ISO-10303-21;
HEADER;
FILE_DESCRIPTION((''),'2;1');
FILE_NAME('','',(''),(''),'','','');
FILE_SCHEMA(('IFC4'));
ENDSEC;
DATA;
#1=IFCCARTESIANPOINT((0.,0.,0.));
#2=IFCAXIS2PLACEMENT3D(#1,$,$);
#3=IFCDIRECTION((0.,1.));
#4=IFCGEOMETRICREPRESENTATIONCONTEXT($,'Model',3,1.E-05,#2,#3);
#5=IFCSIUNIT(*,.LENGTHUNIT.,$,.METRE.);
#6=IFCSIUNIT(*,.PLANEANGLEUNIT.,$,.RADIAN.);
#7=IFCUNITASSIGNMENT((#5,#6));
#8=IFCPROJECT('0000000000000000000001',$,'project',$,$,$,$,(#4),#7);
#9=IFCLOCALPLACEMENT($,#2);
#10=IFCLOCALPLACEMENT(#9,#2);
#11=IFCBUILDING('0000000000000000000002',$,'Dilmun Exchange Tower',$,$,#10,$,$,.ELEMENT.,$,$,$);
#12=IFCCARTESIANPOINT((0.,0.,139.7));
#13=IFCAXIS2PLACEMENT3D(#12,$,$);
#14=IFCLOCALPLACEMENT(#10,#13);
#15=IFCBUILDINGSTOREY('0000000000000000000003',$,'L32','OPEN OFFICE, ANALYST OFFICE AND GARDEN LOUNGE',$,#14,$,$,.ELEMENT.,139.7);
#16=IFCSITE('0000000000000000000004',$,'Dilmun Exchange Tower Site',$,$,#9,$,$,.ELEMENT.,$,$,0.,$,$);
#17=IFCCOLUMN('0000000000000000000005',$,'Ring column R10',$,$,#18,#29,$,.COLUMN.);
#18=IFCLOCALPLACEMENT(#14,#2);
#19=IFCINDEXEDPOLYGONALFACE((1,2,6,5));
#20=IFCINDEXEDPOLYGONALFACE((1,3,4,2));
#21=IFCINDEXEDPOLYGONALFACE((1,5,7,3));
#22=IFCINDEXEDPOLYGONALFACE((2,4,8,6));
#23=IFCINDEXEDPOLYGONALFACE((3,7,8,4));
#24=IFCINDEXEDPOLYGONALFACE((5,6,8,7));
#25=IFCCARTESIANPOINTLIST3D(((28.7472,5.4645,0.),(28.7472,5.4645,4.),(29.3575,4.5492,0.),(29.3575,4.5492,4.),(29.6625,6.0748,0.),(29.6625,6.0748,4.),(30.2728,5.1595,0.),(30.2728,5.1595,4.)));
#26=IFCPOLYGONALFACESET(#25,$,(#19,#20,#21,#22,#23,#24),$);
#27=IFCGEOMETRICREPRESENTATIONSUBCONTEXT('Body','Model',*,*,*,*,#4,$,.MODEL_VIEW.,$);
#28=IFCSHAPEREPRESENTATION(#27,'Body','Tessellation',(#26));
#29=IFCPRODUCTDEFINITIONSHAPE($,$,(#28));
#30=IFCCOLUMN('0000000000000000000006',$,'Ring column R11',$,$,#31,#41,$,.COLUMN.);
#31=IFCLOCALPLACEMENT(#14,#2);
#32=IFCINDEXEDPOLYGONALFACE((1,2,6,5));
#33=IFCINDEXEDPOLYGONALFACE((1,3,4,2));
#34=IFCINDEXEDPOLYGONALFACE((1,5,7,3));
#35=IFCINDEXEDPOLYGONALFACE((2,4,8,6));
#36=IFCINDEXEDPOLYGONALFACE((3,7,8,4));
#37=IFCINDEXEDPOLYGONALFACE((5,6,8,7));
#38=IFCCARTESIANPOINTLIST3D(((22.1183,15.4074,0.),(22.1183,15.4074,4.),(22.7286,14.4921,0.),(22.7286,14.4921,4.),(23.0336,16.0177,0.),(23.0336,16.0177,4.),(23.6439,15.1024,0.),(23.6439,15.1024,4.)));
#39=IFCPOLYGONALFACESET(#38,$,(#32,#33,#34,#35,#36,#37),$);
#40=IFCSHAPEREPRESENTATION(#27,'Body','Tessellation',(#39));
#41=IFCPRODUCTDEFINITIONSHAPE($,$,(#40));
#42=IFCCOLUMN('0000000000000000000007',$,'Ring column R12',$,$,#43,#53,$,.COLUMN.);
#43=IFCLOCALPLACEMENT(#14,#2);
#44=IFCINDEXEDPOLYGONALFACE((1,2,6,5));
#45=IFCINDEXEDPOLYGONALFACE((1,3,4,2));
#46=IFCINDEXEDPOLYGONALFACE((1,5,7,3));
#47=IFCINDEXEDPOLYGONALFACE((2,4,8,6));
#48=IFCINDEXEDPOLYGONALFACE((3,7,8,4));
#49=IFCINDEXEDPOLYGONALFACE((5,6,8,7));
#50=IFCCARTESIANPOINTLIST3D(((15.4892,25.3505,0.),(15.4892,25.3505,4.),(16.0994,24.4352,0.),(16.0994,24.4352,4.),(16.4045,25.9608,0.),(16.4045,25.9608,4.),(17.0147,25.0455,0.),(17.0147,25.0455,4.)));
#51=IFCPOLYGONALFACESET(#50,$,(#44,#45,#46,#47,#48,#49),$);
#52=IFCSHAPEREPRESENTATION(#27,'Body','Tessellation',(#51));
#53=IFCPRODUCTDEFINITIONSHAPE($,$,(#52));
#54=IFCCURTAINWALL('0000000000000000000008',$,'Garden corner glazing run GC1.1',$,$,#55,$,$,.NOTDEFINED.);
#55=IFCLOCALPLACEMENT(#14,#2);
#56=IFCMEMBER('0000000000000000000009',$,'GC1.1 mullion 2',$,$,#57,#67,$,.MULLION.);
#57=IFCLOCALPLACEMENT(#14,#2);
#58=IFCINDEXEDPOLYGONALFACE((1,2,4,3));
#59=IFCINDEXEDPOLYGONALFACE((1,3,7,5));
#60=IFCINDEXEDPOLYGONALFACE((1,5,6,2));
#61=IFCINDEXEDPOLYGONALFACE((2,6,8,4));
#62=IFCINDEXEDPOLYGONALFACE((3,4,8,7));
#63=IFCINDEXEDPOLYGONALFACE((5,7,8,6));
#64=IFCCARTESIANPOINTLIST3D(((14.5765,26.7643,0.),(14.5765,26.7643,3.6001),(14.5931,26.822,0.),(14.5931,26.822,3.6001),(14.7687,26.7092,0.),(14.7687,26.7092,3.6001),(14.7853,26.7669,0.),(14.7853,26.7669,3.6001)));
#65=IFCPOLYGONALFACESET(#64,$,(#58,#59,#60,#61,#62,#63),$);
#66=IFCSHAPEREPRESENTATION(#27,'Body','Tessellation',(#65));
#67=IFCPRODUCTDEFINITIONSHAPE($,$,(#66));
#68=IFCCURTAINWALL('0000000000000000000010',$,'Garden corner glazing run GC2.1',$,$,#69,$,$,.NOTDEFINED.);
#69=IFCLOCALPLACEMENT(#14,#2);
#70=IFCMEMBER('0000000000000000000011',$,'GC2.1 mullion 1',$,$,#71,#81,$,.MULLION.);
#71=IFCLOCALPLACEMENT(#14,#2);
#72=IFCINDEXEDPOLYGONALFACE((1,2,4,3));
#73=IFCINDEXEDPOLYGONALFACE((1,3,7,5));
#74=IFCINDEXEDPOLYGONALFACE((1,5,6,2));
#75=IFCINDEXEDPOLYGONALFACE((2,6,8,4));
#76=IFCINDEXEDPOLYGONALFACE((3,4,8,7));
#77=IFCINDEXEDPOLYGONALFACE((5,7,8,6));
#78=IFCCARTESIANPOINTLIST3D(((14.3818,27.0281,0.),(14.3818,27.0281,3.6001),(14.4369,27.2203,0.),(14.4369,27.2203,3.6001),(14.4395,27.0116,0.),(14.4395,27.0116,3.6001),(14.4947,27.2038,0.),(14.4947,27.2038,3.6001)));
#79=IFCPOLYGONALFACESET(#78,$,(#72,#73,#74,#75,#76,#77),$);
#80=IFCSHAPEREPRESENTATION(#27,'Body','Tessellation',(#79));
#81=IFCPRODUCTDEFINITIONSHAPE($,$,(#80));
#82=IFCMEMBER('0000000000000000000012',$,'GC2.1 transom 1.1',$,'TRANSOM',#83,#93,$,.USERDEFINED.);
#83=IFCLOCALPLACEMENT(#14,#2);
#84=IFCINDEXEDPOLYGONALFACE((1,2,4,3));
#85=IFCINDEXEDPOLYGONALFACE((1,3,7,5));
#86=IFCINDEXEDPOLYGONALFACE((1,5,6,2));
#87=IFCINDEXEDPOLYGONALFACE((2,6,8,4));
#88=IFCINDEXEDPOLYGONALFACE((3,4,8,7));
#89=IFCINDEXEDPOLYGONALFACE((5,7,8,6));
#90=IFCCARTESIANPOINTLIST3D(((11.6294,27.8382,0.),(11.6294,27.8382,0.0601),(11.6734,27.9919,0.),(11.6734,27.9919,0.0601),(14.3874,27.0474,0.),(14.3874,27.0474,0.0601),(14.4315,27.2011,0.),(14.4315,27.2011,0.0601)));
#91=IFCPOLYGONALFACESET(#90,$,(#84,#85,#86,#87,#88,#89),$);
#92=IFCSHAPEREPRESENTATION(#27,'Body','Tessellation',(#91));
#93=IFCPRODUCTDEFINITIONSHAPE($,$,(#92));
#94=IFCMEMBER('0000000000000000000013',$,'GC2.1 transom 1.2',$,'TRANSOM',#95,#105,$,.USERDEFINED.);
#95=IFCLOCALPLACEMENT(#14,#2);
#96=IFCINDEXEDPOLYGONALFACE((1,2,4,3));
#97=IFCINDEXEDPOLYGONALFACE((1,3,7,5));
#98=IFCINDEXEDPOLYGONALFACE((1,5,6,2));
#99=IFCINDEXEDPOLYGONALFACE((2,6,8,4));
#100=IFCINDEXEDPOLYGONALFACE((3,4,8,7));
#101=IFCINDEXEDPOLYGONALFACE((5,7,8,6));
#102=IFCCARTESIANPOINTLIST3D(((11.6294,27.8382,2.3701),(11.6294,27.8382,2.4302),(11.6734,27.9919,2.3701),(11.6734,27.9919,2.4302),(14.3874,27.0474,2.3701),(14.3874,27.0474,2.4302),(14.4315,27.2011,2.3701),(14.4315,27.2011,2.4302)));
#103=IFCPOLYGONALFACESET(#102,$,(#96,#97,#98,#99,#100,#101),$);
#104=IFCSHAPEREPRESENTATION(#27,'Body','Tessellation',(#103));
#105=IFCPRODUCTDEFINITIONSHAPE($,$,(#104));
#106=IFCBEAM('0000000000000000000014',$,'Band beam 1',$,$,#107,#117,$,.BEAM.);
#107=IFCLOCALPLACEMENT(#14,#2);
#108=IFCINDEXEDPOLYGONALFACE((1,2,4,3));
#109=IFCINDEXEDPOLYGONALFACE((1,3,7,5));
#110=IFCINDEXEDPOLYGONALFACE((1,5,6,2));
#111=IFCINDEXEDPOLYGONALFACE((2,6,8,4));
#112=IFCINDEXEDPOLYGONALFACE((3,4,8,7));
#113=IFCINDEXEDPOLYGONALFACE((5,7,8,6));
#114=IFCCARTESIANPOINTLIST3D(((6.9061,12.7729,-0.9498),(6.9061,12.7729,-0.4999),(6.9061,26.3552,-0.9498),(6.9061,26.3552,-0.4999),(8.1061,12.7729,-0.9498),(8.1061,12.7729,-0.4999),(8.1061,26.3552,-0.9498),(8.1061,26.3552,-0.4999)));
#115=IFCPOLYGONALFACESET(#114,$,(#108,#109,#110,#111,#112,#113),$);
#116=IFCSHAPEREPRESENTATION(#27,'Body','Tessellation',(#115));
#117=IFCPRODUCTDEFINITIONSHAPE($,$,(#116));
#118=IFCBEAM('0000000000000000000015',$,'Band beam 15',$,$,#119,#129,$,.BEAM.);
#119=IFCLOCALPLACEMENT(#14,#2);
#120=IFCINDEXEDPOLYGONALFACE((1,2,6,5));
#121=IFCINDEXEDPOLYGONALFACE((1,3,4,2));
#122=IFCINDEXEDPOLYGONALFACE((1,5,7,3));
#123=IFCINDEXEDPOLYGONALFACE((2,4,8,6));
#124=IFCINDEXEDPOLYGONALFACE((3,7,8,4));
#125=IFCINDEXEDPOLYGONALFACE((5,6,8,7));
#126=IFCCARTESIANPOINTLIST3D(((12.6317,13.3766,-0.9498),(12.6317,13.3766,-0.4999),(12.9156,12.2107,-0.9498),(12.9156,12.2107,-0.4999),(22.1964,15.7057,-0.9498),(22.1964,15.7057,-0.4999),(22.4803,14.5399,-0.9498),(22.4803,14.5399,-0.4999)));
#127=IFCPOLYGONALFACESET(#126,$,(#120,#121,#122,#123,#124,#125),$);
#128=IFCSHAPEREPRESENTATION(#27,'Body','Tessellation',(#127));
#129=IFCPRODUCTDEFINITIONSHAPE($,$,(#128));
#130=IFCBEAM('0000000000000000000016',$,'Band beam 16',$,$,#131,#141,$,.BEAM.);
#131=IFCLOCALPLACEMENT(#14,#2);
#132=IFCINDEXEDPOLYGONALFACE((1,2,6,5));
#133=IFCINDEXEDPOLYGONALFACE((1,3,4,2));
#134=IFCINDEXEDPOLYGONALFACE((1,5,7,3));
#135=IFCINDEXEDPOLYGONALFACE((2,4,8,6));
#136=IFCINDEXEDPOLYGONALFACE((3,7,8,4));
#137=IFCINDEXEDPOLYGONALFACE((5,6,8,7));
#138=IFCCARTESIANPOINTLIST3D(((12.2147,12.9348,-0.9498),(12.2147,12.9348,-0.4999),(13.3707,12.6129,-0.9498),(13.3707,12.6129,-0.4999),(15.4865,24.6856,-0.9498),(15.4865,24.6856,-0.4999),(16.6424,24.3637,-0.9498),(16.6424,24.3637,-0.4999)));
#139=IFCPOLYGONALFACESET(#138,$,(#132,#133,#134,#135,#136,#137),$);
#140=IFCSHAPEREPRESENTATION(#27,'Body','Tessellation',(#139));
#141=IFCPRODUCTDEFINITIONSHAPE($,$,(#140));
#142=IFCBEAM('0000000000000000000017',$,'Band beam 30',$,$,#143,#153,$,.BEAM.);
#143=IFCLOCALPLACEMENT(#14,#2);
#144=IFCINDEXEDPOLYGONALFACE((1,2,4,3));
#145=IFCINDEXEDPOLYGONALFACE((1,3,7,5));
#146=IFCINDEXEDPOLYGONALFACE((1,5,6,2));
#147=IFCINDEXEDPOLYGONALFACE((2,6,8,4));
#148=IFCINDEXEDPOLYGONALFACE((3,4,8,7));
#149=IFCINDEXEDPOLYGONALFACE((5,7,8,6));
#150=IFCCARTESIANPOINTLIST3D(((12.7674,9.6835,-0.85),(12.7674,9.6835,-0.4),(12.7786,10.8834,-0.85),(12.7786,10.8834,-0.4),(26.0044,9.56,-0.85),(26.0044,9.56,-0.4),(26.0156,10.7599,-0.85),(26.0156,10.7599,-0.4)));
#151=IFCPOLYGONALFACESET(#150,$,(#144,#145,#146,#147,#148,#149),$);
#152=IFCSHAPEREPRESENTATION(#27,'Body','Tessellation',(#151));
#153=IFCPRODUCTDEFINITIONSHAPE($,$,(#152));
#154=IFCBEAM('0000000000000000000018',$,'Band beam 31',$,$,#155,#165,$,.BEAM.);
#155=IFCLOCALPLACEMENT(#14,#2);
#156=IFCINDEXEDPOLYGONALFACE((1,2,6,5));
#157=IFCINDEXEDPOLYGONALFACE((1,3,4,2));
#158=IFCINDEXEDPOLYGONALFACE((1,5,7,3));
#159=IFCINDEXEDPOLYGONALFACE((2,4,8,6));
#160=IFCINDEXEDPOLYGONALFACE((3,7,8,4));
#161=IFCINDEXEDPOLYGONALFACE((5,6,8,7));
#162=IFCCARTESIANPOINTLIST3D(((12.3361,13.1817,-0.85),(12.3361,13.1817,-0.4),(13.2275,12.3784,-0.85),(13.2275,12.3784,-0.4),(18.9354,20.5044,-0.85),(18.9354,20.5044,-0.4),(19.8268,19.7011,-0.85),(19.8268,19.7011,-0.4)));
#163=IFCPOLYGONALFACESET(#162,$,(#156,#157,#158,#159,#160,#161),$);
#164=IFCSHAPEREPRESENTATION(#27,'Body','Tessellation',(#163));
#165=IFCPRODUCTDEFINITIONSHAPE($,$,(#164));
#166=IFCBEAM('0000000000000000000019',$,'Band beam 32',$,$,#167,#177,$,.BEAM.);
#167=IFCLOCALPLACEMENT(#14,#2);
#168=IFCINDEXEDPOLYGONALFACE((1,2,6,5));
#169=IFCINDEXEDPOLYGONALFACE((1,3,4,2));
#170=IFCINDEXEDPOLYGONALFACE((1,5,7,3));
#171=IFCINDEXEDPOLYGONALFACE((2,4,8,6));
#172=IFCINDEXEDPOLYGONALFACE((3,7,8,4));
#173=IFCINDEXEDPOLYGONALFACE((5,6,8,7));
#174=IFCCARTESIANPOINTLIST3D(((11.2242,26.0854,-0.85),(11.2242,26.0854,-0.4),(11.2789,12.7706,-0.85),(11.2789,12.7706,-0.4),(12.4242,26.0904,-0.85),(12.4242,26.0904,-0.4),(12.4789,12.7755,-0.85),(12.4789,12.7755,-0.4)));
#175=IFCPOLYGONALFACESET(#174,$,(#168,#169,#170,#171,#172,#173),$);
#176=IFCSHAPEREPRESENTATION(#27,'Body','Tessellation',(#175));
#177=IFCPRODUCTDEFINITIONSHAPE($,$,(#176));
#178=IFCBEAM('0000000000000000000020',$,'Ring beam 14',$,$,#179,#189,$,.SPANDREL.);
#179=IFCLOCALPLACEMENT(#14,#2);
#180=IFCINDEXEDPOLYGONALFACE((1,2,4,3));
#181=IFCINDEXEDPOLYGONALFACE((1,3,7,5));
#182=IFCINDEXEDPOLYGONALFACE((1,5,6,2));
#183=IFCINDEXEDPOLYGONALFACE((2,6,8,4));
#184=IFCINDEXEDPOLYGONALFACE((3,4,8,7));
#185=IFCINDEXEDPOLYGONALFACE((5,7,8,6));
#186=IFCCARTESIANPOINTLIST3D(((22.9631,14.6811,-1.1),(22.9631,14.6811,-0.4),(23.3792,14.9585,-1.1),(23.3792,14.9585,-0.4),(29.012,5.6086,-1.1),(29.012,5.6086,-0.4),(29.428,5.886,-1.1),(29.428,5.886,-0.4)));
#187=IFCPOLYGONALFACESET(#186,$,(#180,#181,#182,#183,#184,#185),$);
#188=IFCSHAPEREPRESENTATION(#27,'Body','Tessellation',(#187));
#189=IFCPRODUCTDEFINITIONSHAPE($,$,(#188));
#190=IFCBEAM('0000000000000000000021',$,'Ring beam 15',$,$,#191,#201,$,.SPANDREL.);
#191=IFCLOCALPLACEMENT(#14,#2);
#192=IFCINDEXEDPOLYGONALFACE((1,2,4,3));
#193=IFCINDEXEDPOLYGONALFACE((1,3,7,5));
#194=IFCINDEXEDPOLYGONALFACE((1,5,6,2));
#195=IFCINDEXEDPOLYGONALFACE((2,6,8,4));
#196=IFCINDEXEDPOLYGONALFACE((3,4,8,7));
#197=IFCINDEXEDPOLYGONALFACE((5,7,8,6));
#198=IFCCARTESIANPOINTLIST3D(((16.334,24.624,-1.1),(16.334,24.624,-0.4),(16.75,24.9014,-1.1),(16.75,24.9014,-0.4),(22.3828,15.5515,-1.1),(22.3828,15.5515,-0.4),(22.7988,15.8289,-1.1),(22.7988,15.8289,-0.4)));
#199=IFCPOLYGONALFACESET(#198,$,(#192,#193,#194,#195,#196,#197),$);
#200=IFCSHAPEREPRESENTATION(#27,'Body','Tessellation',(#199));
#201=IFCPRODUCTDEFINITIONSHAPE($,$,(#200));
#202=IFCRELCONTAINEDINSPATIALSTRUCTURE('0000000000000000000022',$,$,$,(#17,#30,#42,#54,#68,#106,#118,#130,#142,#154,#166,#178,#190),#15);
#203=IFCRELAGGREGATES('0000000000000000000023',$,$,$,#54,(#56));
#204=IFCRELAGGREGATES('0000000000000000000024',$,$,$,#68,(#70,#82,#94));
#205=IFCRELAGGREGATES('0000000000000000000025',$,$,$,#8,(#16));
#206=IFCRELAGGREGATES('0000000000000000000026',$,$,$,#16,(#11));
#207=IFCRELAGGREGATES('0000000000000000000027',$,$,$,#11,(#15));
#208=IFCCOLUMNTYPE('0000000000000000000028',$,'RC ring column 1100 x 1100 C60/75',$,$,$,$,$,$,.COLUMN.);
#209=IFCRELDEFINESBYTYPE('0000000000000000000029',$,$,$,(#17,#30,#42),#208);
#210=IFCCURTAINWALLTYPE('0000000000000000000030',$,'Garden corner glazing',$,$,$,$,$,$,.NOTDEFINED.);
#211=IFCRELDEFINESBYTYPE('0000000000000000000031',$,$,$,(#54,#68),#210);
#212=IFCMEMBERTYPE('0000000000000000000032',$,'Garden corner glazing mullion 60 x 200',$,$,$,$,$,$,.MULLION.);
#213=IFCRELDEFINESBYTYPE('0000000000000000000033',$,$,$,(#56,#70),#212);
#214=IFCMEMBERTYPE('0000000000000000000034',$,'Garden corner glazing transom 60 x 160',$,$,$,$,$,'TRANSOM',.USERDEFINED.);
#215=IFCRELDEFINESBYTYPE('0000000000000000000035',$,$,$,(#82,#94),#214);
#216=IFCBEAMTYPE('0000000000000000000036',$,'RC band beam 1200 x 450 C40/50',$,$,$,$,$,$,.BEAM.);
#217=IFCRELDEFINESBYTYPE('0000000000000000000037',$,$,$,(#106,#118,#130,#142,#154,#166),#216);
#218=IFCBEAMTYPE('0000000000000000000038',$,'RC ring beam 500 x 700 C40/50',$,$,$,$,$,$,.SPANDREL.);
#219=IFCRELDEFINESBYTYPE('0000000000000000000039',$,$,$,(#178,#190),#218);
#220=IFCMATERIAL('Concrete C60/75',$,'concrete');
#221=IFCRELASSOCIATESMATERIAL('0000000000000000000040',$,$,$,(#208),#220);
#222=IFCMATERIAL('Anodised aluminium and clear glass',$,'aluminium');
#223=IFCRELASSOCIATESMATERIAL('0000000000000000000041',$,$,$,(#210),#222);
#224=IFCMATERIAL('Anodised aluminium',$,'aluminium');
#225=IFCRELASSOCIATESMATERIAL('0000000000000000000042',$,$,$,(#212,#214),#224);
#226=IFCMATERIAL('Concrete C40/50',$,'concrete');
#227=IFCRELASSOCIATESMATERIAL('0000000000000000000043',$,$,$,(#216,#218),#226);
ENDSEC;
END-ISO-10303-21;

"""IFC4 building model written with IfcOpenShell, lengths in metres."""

from ifc_helpers import new_model, si_unit, direction, frame, origin, origin_2d, place, context, subcontext, project, spatial, rectangle, extrude, material, material_profile, profile_set, type_object, element, aggregate, save


model = new_model("IFC4")

# Units and contexts
model_context = context("Model", 3, precision=1e-05, world=origin(), true_north=direction((0.0, 1.0)))
body_context = subcontext(model_context, "Body", "Model", "MODEL_VIEW")
ifc_project = project(units=[si_unit("LENGTHUNIT", "METRE"), si_unit("PLANEANGLEUNIT", "RADIAN")], contexts=[model_context])

# Site, building, storey
site_placement = place(None, origin())
site = spatial("IfcSite", under=ifc_project, at=site_placement, Name="Dilmun Exchange Tower Site", CompositionType="ELEMENT", RefElevation=0.0)
building_placement = place(site_placement, origin())
building = spatial("IfcBuilding", under=site, at=building_placement, Name="Dilmun Exchange Tower", CompositionType="ELEMENT")
storey_placement = place(building_placement, frame((0.0, 0.0, 139.7)))
storey = spatial("IfcBuildingStorey", under=building, at=storey_placement, Name="L32", Description="OPEN OFFICE, ANALYST OFFICE AND GARDEN LOUNGE", CompositionType="ELEMENT", Elevation=139.7)

# Columns
ifc_material_1 = material(Name="Concrete C60/75", Category="concrete")
ifc_material_profile_1 = material_profile(ifc_material_1, rectangle(XDim=1.1001, YDim=1.1001, at=origin_2d()), Name="1100 x 1100")
ifc_profile_set_1 = profile_set([ifc_material_profile_1], Name="Concrete C60/75")
column_type = type_object("IfcColumnType", Name="RC ring column 1100 x 1100 C60/75", PredefinedType="COLUMN", material=ifc_profile_set_1)
for number, where, z_axis, x_axis, name in (
    (1, (29.51, 5.312, 0.0), (0.0, 0.0, 1.0), (0.832029, 0.554733, 0.0), "Ring column R10"),
    (2, (22.8811, 15.2549, 0.0), (0.0, 0.0, 1.0), (0.832029, 0.554733, 0.0), "Ring column R11"),
    (3, (16.252, 25.198, 0.0), (0.0, 0.0, 1.0), (0.832029, 0.554733, 0.0), "Ring column R12"),
):
    element("IfcColumn", number, at=place(storey_placement, frame(where, z_axis=z_axis, x_axis=x_axis)), inside=storey, type_object=column_type, Name=name, PredefinedType="COLUMN", context=body_context, shape_type="SweptSolid", body=[
        extrude(rectangle(XDim=1.1001, YDim=1.1001, at=origin_2d()), origin(), (0.0, 0.0, 1.0), 4.0),
    ])

# Curtain wall, member
ifc_material_2 = material(Name="Anodised aluminium and clear glass", Category="aluminium")
curtain_wall_type = type_object("IfcCurtainWallType", Name="Garden corner glazing", PredefinedType="NOTDEFINED", material=ifc_material_2)
curtain_wall_1_placement = place(storey_placement, origin())
curtain_wall_1 = element("IfcCurtainWall", 4, at=curtain_wall_1_placement, inside=storey, type_object=curtain_wall_type, Name="Garden corner glazing run GC1.1", PredefinedType="NOTDEFINED")
ifc_material_3 = material(Name="Anodised aluminium", Category="aluminium")
ifc_material_profile_2 = material_profile(ifc_material_3, rectangle(XDim=0.2, YDim=0.0601, at=origin_2d()), Name="AL 60x200")
ifc_profile_set_2 = profile_set([ifc_material_profile_2], Name="Anodised aluminium")
member_type_1 = type_object("IfcMemberType", Name="Garden corner glazing mullion 60 x 200", PredefinedType="MULLION", material=ifc_profile_set_2)
member_1_placement = place(storey_placement, frame((14.6809, 26.7656, 0.0), z_axis=(0.0, 0.0, 1.0), x_axis=(0.961263, -0.275632, 0.0)))
member_1 = element("IfcMember", 5, at=member_1_placement, type_object=member_type_1, Name="GC1.1 mullion 2", PredefinedType="MULLION", context=body_context, shape_type="SweptSolid", body=[
    extrude(rectangle(XDim=0.2, YDim=0.0601, at=origin_2d()), origin(), (0.0, 0.0, 1.0), 3.6001),
])
aggregate(curtain_wall_1, [member_1])

# Curtain wall, members
curtain_wall_2_placement = place(storey_placement, origin())
curtain_wall_2 = element("IfcCurtainWall", 6, at=curtain_wall_2_placement, inside=storey, type_object=curtain_wall_type, Name="Garden corner glazing run GC2.1", PredefinedType="NOTDEFINED")
member_2_placement = place(storey_placement, frame((14.4382, 27.116, 0.0), z_axis=(0.0, 0.0, 1.0), x_axis=(-0.275667, -0.961253, 0.0)))
member_2 = element("IfcMember", 7, at=member_2_placement, type_object=member_type_1, Name="GC2.1 mullion 1", PredefinedType="MULLION", context=body_context, shape_type="SweptSolid", body=[
    extrude(rectangle(XDim=0.2, YDim=0.0601, at=origin_2d()), origin(), (0.0, 0.0, 1.0), 3.6001),
])
ifc_material_profile_3 = material_profile(ifc_material_3, rectangle(XDim=0.1599, YDim=0.0601, at=origin_2d()), Name="AL 60x160")
ifc_profile_set_3 = profile_set([ifc_material_profile_3], Name="Anodised aluminium")
member_type_2 = type_object("IfcMemberType", Name="Garden corner glazing transom 60 x 160", ElementType="TRANSOM", PredefinedType="USERDEFINED", material=ifc_profile_set_3)
member_3_placement = place(storey_placement, frame((14.4094, 27.1243, 0.03), z_axis=(-0.96127, 0.275609, 0.0), x_axis=(-0.275609, -0.96127, 0.0)))
member_3 = element("IfcMember", 8, at=member_3_placement, type_object=member_type_2, Name="GC2.1 transom 1.1", ObjectType="TRANSOM", PredefinedType="USERDEFINED", context=body_context, shape_type="SweptSolid", body=[
    extrude(rectangle(XDim=0.1599, YDim=0.0601, at=origin_2d()), origin(), (0.0, 0.0, 1.0), 2.8691),
])
member_4_placement = place(storey_placement, frame((14.4094, 27.1243, 2.4001), z_axis=(-0.96127, 0.275609, 0.0), x_axis=(-0.275609, -0.96127, 0.0)))
member_4 = element("IfcMember", 9, at=member_4_placement, type_object=member_type_2, Name="GC2.1 transom 1.2", ObjectType="TRANSOM", PredefinedType="USERDEFINED", context=body_context, shape_type="SweptSolid", body=[
    extrude(rectangle(XDim=0.1599, YDim=0.0601, at=origin_2d()), origin(), (0.0, 0.0, 1.0), 2.8691),
])
aggregate(curtain_wall_2, [member_2, member_3, member_4])

# Beams
ifc_material_4 = material(Name="Concrete C40/50", Category="concrete")
ifc_material_profile_4 = material_profile(ifc_material_4, rectangle(XDim=1.2, YDim=0.45, at=origin_2d()), Name="1200 x 450")
ifc_profile_set_4 = profile_set([ifc_material_profile_4], Name="Concrete C40/50")
beam_type_1 = type_object("IfcBeamType", Name="RC band beam 1200 x 450 C40/50", PredefinedType="BEAM", material=ifc_profile_set_4)
beam_1_placement = place(storey_placement, frame((7.5061, 26.3552, -0.7249), z_axis=(0.0, -1.0, 0.0), x_axis=(1.0, 0.0, 0.0)))
element("IfcBeam", 10, at=beam_1_placement, inside=storey, type_object=beam_type_1, Name="Band beam 1", PredefinedType="BEAM", context=body_context, shape_type="SweptSolid", body=[
    extrude(rectangle(XDim=1.2, YDim=0.45, at=origin_2d()), origin(), (0.0, 0.0, 1.0), 13.5823),
])
beam_2_placement = place(storey_placement, frame((22.3384, 15.1228, -0.7249), z_axis=(-0.971608, -0.236596, 0.0), x_axis=(0.236596, -0.971608, 0.0)))
element("IfcBeam", 11, at=beam_2_placement, inside=storey, type_object=beam_type_1, Name="Band beam 15", PredefinedType="BEAM", context=body_context, shape_type="SweptSolid", body=[
    extrude(rectangle(XDim=1.2, YDim=0.45, at=origin_2d()), origin(), (0.0, 0.0, 1.0), 9.8442),
])
beam_3_placement = place(storey_placement, frame((16.0645, 24.5247, -0.7249), z_axis=(-0.268225, -0.963356, 0.0), x_axis=(0.963356, -0.268225, 0.0)))
element("IfcBeam", 12, at=beam_3_placement, inside=storey, type_object=beam_type_1, Name="Band beam 16", PredefinedType="BEAM", context=body_context, shape_type="SweptSolid", body=[
    extrude(rectangle(XDim=1.2, YDim=0.45, at=origin_2d()), origin(), (0.0, 0.0, 1.0), 12.1978),
])
beam_4_placement = place(storey_placement, frame((26.01, 10.1599, -0.625), z_axis=(-0.999956, 0.009332, 0.0), x_axis=(-0.009332, -0.999956, 0.0)))
element("IfcBeam", 13, at=beam_4_placement, inside=storey, type_object=beam_type_1, Name="Band beam 30", PredefinedType="BEAM", context=body_context, shape_type="SweptSolid", body=[
    extrude(rectangle(XDim=1.2, YDim=0.45, at=origin_2d()), origin(), (0.0, 0.0, 1.0), 13.2375),
])
beam_5_placement = place(storey_placement, frame((19.3811, 20.1028, -0.625), z_axis=(-0.669463, -0.742846, 0.0), x_axis=(0.742846, -0.669463, 0.0)))
element("IfcBeam", 14, at=beam_5_placement, inside=storey, type_object=beam_type_1, Name="Band beam 31", PredefinedType="BEAM", context=body_context, shape_type="SweptSolid", body=[
    extrude(rectangle(XDim=1.2, YDim=0.45, at=origin_2d()), origin(), (0.0, 0.0, 1.0), 9.8577),
])
beam_6_placement = place(storey_placement, frame((11.8242, 26.0879, -0.625), z_axis=(0.004107, -0.999992, 0.0), x_axis=(0.999992, 0.004107, 0.0)))
element("IfcBeam", 15, at=beam_6_placement, inside=storey, type_object=beam_type_1, Name="Band beam 32", PredefinedType="BEAM", context=body_context, shape_type="SweptSolid", body=[
    extrude(rectangle(XDim=1.2, YDim=0.45, at=origin_2d()), origin(), (0.0, 0.0, 1.0), 13.3149),
])
ifc_material_profile_5 = material_profile(ifc_material_4, rectangle(XDim=0.5, YDim=0.7, at=origin_2d()), Name="500 x 700")
ifc_profile_set_5 = profile_set([ifc_material_profile_5], Name="Concrete C40/50")
beam_type_2 = type_object("IfcBeamType", Name="RC ring beam 500 x 700 C40/50", PredefinedType="SPANDREL", material=ifc_profile_set_5)
for number, where, z_axis, x_axis, name in (
    (16, (29.22, 5.7473, -0.75), (-0.554731, 0.83203, 0.0), (-0.83203, -0.554731, 0.0), "Ring beam 14"),
    (17, (22.5908, 15.6902, -0.75), (-0.554731, 0.83203, 0.0), (-0.83203, -0.554731, 0.0), "Ring beam 15"),
):
    element("IfcBeam", number, at=place(storey_placement, frame(where, z_axis=z_axis, x_axis=x_axis)), inside=storey, type_object=beam_type_2, Name=name, PredefinedType="SPANDREL", context=body_context, shape_type="SweptSolid", body=[
        extrude(rectangle(XDim=0.5, YDim=0.7, at=origin_2d()), origin(), (0.0, 0.0, 1.0), 10.9041),
    ])

save(model, "model.ifc")
